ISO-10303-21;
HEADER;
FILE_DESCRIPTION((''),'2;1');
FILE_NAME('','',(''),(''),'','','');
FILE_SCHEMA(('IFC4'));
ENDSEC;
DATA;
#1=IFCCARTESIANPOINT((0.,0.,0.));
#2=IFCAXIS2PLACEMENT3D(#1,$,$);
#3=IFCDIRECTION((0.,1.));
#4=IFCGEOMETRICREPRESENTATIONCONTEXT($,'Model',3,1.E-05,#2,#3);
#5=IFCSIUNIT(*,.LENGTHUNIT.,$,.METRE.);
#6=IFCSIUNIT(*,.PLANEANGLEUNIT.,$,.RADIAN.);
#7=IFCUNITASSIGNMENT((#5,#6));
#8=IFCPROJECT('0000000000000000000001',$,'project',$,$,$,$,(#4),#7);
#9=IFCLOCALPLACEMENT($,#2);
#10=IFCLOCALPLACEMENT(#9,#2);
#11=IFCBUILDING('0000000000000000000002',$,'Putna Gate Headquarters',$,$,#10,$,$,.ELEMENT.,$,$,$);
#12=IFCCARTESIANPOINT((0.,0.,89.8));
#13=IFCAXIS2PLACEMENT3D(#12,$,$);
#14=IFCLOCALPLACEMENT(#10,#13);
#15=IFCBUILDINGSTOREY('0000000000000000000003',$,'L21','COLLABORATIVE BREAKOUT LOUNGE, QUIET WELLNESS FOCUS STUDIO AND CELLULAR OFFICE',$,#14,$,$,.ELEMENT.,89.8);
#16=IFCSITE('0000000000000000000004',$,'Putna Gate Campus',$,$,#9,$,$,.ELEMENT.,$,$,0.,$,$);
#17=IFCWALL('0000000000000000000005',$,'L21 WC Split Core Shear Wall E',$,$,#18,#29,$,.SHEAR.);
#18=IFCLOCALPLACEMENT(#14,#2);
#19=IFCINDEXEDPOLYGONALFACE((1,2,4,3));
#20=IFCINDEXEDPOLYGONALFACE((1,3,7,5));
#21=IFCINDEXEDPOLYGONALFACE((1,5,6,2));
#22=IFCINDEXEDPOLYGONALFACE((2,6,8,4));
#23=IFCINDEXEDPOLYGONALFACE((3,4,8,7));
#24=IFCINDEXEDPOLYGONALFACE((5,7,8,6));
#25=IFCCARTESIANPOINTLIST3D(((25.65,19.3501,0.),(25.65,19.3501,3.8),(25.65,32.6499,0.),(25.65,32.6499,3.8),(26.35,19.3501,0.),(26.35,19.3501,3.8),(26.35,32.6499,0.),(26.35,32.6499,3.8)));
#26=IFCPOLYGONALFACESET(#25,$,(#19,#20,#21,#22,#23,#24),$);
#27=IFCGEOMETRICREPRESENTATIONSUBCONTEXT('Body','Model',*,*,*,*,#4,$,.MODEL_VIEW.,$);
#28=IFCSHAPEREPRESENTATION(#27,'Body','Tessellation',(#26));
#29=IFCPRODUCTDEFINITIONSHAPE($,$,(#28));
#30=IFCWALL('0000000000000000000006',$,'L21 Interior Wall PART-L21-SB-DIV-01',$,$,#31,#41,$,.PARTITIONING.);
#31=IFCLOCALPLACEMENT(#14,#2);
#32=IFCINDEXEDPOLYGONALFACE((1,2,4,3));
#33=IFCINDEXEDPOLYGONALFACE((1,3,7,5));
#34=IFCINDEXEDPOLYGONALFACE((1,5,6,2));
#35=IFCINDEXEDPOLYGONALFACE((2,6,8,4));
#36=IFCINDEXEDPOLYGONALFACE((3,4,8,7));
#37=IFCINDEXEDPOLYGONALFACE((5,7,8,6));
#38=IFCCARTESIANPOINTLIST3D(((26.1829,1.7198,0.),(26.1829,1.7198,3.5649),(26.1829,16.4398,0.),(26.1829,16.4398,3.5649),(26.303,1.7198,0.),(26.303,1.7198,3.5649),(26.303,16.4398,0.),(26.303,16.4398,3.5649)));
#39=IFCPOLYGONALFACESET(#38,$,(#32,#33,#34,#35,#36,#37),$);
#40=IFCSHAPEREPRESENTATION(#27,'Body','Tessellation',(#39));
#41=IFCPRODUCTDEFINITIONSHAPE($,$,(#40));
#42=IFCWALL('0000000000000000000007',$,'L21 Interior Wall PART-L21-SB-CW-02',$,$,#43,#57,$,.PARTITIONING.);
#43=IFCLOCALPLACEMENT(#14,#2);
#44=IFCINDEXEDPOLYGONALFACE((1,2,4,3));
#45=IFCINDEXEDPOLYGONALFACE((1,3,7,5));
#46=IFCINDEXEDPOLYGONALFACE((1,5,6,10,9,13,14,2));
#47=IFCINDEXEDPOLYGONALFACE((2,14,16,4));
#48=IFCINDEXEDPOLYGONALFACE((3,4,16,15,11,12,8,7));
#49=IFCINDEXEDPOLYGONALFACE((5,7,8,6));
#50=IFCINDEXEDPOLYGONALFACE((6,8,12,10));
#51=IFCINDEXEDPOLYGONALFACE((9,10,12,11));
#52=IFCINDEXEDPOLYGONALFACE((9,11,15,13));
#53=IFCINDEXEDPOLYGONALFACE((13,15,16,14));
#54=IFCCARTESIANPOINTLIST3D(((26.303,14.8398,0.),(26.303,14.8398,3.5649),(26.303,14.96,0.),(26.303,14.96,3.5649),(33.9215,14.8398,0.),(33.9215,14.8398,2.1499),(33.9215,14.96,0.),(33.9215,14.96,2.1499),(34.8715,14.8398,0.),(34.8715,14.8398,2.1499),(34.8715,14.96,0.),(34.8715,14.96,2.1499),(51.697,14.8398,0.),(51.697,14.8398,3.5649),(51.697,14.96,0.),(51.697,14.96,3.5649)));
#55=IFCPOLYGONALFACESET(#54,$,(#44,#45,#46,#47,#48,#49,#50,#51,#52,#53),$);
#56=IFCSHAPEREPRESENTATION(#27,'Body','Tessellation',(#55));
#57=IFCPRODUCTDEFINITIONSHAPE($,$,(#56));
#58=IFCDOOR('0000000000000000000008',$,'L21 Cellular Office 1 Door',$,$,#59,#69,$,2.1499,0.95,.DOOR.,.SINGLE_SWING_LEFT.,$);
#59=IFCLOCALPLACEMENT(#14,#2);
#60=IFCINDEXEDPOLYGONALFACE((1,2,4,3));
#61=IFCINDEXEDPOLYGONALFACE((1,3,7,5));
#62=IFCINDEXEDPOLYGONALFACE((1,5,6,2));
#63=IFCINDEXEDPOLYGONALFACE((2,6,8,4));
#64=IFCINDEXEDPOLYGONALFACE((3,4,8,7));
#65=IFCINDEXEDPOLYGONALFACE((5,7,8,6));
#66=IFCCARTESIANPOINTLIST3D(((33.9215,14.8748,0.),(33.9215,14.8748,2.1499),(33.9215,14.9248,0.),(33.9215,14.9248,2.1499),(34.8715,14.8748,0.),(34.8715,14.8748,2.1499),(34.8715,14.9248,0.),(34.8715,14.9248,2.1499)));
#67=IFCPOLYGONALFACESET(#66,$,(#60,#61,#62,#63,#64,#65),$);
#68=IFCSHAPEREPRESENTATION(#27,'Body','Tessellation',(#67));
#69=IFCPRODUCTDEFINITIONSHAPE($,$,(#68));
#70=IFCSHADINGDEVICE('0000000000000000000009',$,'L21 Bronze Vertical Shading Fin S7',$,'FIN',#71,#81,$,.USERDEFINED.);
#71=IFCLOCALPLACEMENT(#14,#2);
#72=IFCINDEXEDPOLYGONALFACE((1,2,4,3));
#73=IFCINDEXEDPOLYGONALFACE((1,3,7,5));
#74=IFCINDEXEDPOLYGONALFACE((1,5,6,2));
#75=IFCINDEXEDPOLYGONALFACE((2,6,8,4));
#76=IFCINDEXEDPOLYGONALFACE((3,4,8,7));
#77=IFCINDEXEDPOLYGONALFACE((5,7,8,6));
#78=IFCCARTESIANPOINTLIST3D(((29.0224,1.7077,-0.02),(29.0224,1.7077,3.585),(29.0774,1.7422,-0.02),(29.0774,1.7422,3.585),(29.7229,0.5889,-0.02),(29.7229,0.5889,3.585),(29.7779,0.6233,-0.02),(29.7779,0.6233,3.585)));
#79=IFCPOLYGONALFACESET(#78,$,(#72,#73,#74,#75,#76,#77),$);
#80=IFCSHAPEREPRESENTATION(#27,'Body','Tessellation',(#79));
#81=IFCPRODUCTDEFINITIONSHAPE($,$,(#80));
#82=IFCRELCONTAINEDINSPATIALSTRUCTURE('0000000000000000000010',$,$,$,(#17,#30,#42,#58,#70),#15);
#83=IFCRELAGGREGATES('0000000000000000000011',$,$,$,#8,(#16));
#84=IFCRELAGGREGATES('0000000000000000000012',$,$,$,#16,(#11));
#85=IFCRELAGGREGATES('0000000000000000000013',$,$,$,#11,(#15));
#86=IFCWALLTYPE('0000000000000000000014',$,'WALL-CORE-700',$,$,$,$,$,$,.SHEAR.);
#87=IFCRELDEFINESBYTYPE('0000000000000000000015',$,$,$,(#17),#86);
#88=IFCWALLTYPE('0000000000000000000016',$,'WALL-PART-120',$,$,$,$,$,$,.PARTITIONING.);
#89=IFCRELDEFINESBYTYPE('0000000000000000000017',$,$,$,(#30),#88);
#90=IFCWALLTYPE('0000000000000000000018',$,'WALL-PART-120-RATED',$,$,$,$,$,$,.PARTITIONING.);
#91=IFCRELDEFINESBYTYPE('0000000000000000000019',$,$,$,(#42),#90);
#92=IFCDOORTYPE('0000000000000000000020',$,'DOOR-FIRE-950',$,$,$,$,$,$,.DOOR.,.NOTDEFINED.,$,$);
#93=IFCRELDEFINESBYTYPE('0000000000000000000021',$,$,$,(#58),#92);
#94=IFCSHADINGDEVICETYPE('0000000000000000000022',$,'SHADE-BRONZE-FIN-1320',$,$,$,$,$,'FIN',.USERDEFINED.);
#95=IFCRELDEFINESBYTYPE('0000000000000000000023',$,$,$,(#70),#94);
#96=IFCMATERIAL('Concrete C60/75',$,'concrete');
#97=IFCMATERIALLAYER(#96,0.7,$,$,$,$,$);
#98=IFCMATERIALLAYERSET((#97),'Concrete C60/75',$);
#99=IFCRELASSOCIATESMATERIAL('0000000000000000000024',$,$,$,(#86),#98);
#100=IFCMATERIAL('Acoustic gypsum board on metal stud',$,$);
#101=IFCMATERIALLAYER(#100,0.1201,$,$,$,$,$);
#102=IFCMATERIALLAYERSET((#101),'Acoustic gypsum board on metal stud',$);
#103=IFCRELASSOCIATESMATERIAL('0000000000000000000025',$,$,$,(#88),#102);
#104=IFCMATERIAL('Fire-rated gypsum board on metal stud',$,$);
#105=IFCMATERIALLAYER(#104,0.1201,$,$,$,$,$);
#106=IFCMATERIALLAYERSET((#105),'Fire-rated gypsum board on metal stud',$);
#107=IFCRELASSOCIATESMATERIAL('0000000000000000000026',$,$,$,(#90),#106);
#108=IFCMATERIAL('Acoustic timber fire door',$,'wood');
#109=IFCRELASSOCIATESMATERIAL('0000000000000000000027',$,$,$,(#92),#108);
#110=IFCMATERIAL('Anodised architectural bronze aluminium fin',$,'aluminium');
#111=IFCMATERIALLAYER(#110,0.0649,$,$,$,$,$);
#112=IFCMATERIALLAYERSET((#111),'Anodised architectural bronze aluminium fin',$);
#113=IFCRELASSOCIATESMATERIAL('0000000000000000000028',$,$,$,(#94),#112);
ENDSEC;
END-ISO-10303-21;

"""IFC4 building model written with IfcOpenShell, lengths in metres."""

from ifc_helpers import new_model, si_unit, direction, frame, frame_2d, origin, origin_2d, place, context, subcontext, project, spatial, rectangle, extrude, material, layer, layer_set, type_object, element, fill, save


model = new_model("IFC4")

# Units and contexts
model_context = context("Model", 3, precision=1e-05, world=origin(), true_north=direction((0.0, 1.0)))
body_context = subcontext(model_context, "Body", "Model", "MODEL_VIEW")
ifc_project = project(units=[si_unit("LENGTHUNIT", "METRE"), si_unit("PLANEANGLEUNIT", "RADIAN")], contexts=[model_context])

# Site, building, storey
site_placement = place(None, origin())
site = spatial("IfcSite", under=ifc_project, at=site_placement, Name="Putna Gate Campus", CompositionType="ELEMENT", RefElevation=0.0)
building_placement = place(site_placement, origin())
building = spatial("IfcBuilding", under=site, at=building_placement, Name="Putna Gate Headquarters", CompositionType="ELEMENT")
storey_placement = place(building_placement, frame((0.0, 0.0, 89.8)))
storey = spatial("IfcBuildingStorey", under=building, at=storey_placement, Name="L21", Description="COLLABORATIVE BREAKOUT LOUNGE, QUIET WELLNESS FOCUS STUDIO AND CELLULAR OFFICE", CompositionType="ELEMENT", Elevation=89.8)

# Shared definitions
ifc_material_1 = material(Name="Concrete C60/75", Category="concrete")

# Walls
ifc_layer_1 = layer(ifc_material_1, 0.7)
ifc_layer_set_1 = layer_set([ifc_layer_1], Name="Concrete C60/75")
wall_type_1 = type_object("IfcWallType", Name="WALL-CORE-700", PredefinedType="SHEAR", material=ifc_layer_set_1)
wall_1_placement = place(storey_placement, frame((26.0, 19.3501, 0.0), z_axis=(0.0, 0.0, 1.0), x_axis=(0.0, 1.0, 0.0)))
element("IfcWall", 1, at=wall_1_placement, inside=storey, type_object=wall_type_1, Name="L21 WC Split Core Shear Wall E", PredefinedType="SHEAR", context=body_context, shape_type="SweptSolid", body=[
    extrude(rectangle(XDim=13.2998, YDim=0.7, at=frame_2d((6.6499, 0.0))), origin(), (0.0, 0.0, 1.0), 3.8),
])
ifc_material_2 = material(Name="Acoustic gypsum board on metal stud")
ifc_layer_2 = layer(ifc_material_2, 0.1201)
ifc_layer_set_2 = layer_set([ifc_layer_2], Name="Acoustic gypsum board on metal stud")
wall_type_2 = type_object("IfcWallType", Name="WALL-PART-120", PredefinedType="PARTITIONING", material=ifc_layer_set_2)
wall_2_placement = place(storey_placement, frame((26.2429, 1.72, 0.0), z_axis=(0.0, 0.0, 1.0), x_axis=(0.0, 1.0, 0.0)))
element("IfcWall", 2, at=wall_2_placement, inside=storey, type_object=wall_type_2, Name="L21 Interior Wall PART-L21-SB-DIV-01", PredefinedType="PARTITIONING", context=body_context, shape_type="SweptSolid", body=[
    extrude(rectangle(XDim=14.72, YDim=0.1201, at=frame_2d((7.3599, 0.0))), origin(), (0.0, 0.0, 1.0), 3.5649),
])

# Wall, opening, door
ifc_material_3 = material(Name="Fire-rated gypsum board on metal stud")
ifc_layer_3 = layer(ifc_material_3, 0.1201)
ifc_layer_set_3 = layer_set([ifc_layer_3], Name="Fire-rated gypsum board on metal stud")
wall_type_3 = type_object("IfcWallType", Name="WALL-PART-120-RATED", PredefinedType="PARTITIONING", material=ifc_layer_set_3)
wall_3_placement = place(storey_placement, frame((26.303, 14.8999, 0.0), z_axis=(0.0, 0.0, 1.0), x_axis=(1.0, 0.0, 0.0)))
wall_3 = element("IfcWall", 3, at=wall_3_placement, inside=storey, type_object=wall_type_3, Name="L21 Interior Wall PART-L21-SB-CW-02", PredefinedType="PARTITIONING", context=body_context, shape_type="SweptSolid", body=[
    extrude(rectangle(XDim=25.394, YDim=0.1201, at=frame_2d((12.697, 0.0))), origin(), (0.0, 0.0, 1.0), 3.5649),
])
opening_placement = place(wall_3_placement, frame((7.6184, 0.0, 0.0)))
opening = element("IfcOpeningElement", 4, at=opening_placement, cuts=wall_3, PredefinedType="OPENING", context=body_context, shape_type="SweptSolid", body=[
    extrude(rectangle(XDim=0.95, YDim=2.1499, at=frame_2d((0.4751, 1.075))), frame((0.0, 0.0701, 0.0), z_axis=(0.0, -1.0, 0.0), x_axis=(1.0, 0.0, 0.0)), (0.0, 0.0, 1.0), 0.1401),
])
ifc_material_4 = material(Name="Acoustic timber fire door", Category="wood")
door_type = type_object("IfcDoorType", Name="DOOR-FIRE-950", OperationType="NOTDEFINED", PredefinedType="DOOR", material=ifc_material_4)
door_placement = place(opening_placement, origin())
door = element("IfcDoor", 5, at=door_placement, inside=storey, type_object=door_type, Name="L21 Cellular Office 1 Door", OperationType="SINGLE_SWING_LEFT", OverallHeight=2.1499, OverallWidth=0.95, PredefinedType="DOOR", context=body_context, shape_type="SweptSolid", body=[
    extrude(rectangle(XDim=0.95, YDim=2.1499, at=frame_2d((0.4751, 1.075))), frame((0.0, 0.0249, 0.0), z_axis=(0.0, -1.0, 0.0), x_axis=(1.0, 0.0, 0.0)), (0.0, 0.0, 1.0), 0.05),
])
fill(opening, door)

# Shading device
ifc_material_5 = material(Name="Anodised architectural bronze aluminium fin", Category="aluminium")
ifc_layer_4 = layer(ifc_material_5, 0.0649)
ifc_layer_set_4 = layer_set([ifc_layer_4], Name="Anodised architectural bronze aluminium fin")
shading_device_type = type_object("IfcShadingDeviceType", Name="SHADE-BRONZE-FIN-1320", ElementType="FIN", PredefinedType="USERDEFINED", material=ifc_layer_set_4)
shading_device_placement = place(storey_placement, frame((29.4001, 1.1655, -0.02), z_axis=(0.0, 0.0, 1.0), x_axis=(0.530659, -0.847585, 0.0)))
element("IfcShadingDevice", 6, at=shading_device_placement, inside=storey, type_object=shading_device_type, Name="L21 Bronze Vertical Shading Fin S7", ObjectType="FIN", PredefinedType="USERDEFINED", context=body_context, shape_type="SweptSolid", body=[
    extrude(rectangle(XDim=1.3201, YDim=0.0649, at=origin_2d()), origin(), (0.0, 0.0, 1.0), 3.605),
])

save(model, "model.ifc")
